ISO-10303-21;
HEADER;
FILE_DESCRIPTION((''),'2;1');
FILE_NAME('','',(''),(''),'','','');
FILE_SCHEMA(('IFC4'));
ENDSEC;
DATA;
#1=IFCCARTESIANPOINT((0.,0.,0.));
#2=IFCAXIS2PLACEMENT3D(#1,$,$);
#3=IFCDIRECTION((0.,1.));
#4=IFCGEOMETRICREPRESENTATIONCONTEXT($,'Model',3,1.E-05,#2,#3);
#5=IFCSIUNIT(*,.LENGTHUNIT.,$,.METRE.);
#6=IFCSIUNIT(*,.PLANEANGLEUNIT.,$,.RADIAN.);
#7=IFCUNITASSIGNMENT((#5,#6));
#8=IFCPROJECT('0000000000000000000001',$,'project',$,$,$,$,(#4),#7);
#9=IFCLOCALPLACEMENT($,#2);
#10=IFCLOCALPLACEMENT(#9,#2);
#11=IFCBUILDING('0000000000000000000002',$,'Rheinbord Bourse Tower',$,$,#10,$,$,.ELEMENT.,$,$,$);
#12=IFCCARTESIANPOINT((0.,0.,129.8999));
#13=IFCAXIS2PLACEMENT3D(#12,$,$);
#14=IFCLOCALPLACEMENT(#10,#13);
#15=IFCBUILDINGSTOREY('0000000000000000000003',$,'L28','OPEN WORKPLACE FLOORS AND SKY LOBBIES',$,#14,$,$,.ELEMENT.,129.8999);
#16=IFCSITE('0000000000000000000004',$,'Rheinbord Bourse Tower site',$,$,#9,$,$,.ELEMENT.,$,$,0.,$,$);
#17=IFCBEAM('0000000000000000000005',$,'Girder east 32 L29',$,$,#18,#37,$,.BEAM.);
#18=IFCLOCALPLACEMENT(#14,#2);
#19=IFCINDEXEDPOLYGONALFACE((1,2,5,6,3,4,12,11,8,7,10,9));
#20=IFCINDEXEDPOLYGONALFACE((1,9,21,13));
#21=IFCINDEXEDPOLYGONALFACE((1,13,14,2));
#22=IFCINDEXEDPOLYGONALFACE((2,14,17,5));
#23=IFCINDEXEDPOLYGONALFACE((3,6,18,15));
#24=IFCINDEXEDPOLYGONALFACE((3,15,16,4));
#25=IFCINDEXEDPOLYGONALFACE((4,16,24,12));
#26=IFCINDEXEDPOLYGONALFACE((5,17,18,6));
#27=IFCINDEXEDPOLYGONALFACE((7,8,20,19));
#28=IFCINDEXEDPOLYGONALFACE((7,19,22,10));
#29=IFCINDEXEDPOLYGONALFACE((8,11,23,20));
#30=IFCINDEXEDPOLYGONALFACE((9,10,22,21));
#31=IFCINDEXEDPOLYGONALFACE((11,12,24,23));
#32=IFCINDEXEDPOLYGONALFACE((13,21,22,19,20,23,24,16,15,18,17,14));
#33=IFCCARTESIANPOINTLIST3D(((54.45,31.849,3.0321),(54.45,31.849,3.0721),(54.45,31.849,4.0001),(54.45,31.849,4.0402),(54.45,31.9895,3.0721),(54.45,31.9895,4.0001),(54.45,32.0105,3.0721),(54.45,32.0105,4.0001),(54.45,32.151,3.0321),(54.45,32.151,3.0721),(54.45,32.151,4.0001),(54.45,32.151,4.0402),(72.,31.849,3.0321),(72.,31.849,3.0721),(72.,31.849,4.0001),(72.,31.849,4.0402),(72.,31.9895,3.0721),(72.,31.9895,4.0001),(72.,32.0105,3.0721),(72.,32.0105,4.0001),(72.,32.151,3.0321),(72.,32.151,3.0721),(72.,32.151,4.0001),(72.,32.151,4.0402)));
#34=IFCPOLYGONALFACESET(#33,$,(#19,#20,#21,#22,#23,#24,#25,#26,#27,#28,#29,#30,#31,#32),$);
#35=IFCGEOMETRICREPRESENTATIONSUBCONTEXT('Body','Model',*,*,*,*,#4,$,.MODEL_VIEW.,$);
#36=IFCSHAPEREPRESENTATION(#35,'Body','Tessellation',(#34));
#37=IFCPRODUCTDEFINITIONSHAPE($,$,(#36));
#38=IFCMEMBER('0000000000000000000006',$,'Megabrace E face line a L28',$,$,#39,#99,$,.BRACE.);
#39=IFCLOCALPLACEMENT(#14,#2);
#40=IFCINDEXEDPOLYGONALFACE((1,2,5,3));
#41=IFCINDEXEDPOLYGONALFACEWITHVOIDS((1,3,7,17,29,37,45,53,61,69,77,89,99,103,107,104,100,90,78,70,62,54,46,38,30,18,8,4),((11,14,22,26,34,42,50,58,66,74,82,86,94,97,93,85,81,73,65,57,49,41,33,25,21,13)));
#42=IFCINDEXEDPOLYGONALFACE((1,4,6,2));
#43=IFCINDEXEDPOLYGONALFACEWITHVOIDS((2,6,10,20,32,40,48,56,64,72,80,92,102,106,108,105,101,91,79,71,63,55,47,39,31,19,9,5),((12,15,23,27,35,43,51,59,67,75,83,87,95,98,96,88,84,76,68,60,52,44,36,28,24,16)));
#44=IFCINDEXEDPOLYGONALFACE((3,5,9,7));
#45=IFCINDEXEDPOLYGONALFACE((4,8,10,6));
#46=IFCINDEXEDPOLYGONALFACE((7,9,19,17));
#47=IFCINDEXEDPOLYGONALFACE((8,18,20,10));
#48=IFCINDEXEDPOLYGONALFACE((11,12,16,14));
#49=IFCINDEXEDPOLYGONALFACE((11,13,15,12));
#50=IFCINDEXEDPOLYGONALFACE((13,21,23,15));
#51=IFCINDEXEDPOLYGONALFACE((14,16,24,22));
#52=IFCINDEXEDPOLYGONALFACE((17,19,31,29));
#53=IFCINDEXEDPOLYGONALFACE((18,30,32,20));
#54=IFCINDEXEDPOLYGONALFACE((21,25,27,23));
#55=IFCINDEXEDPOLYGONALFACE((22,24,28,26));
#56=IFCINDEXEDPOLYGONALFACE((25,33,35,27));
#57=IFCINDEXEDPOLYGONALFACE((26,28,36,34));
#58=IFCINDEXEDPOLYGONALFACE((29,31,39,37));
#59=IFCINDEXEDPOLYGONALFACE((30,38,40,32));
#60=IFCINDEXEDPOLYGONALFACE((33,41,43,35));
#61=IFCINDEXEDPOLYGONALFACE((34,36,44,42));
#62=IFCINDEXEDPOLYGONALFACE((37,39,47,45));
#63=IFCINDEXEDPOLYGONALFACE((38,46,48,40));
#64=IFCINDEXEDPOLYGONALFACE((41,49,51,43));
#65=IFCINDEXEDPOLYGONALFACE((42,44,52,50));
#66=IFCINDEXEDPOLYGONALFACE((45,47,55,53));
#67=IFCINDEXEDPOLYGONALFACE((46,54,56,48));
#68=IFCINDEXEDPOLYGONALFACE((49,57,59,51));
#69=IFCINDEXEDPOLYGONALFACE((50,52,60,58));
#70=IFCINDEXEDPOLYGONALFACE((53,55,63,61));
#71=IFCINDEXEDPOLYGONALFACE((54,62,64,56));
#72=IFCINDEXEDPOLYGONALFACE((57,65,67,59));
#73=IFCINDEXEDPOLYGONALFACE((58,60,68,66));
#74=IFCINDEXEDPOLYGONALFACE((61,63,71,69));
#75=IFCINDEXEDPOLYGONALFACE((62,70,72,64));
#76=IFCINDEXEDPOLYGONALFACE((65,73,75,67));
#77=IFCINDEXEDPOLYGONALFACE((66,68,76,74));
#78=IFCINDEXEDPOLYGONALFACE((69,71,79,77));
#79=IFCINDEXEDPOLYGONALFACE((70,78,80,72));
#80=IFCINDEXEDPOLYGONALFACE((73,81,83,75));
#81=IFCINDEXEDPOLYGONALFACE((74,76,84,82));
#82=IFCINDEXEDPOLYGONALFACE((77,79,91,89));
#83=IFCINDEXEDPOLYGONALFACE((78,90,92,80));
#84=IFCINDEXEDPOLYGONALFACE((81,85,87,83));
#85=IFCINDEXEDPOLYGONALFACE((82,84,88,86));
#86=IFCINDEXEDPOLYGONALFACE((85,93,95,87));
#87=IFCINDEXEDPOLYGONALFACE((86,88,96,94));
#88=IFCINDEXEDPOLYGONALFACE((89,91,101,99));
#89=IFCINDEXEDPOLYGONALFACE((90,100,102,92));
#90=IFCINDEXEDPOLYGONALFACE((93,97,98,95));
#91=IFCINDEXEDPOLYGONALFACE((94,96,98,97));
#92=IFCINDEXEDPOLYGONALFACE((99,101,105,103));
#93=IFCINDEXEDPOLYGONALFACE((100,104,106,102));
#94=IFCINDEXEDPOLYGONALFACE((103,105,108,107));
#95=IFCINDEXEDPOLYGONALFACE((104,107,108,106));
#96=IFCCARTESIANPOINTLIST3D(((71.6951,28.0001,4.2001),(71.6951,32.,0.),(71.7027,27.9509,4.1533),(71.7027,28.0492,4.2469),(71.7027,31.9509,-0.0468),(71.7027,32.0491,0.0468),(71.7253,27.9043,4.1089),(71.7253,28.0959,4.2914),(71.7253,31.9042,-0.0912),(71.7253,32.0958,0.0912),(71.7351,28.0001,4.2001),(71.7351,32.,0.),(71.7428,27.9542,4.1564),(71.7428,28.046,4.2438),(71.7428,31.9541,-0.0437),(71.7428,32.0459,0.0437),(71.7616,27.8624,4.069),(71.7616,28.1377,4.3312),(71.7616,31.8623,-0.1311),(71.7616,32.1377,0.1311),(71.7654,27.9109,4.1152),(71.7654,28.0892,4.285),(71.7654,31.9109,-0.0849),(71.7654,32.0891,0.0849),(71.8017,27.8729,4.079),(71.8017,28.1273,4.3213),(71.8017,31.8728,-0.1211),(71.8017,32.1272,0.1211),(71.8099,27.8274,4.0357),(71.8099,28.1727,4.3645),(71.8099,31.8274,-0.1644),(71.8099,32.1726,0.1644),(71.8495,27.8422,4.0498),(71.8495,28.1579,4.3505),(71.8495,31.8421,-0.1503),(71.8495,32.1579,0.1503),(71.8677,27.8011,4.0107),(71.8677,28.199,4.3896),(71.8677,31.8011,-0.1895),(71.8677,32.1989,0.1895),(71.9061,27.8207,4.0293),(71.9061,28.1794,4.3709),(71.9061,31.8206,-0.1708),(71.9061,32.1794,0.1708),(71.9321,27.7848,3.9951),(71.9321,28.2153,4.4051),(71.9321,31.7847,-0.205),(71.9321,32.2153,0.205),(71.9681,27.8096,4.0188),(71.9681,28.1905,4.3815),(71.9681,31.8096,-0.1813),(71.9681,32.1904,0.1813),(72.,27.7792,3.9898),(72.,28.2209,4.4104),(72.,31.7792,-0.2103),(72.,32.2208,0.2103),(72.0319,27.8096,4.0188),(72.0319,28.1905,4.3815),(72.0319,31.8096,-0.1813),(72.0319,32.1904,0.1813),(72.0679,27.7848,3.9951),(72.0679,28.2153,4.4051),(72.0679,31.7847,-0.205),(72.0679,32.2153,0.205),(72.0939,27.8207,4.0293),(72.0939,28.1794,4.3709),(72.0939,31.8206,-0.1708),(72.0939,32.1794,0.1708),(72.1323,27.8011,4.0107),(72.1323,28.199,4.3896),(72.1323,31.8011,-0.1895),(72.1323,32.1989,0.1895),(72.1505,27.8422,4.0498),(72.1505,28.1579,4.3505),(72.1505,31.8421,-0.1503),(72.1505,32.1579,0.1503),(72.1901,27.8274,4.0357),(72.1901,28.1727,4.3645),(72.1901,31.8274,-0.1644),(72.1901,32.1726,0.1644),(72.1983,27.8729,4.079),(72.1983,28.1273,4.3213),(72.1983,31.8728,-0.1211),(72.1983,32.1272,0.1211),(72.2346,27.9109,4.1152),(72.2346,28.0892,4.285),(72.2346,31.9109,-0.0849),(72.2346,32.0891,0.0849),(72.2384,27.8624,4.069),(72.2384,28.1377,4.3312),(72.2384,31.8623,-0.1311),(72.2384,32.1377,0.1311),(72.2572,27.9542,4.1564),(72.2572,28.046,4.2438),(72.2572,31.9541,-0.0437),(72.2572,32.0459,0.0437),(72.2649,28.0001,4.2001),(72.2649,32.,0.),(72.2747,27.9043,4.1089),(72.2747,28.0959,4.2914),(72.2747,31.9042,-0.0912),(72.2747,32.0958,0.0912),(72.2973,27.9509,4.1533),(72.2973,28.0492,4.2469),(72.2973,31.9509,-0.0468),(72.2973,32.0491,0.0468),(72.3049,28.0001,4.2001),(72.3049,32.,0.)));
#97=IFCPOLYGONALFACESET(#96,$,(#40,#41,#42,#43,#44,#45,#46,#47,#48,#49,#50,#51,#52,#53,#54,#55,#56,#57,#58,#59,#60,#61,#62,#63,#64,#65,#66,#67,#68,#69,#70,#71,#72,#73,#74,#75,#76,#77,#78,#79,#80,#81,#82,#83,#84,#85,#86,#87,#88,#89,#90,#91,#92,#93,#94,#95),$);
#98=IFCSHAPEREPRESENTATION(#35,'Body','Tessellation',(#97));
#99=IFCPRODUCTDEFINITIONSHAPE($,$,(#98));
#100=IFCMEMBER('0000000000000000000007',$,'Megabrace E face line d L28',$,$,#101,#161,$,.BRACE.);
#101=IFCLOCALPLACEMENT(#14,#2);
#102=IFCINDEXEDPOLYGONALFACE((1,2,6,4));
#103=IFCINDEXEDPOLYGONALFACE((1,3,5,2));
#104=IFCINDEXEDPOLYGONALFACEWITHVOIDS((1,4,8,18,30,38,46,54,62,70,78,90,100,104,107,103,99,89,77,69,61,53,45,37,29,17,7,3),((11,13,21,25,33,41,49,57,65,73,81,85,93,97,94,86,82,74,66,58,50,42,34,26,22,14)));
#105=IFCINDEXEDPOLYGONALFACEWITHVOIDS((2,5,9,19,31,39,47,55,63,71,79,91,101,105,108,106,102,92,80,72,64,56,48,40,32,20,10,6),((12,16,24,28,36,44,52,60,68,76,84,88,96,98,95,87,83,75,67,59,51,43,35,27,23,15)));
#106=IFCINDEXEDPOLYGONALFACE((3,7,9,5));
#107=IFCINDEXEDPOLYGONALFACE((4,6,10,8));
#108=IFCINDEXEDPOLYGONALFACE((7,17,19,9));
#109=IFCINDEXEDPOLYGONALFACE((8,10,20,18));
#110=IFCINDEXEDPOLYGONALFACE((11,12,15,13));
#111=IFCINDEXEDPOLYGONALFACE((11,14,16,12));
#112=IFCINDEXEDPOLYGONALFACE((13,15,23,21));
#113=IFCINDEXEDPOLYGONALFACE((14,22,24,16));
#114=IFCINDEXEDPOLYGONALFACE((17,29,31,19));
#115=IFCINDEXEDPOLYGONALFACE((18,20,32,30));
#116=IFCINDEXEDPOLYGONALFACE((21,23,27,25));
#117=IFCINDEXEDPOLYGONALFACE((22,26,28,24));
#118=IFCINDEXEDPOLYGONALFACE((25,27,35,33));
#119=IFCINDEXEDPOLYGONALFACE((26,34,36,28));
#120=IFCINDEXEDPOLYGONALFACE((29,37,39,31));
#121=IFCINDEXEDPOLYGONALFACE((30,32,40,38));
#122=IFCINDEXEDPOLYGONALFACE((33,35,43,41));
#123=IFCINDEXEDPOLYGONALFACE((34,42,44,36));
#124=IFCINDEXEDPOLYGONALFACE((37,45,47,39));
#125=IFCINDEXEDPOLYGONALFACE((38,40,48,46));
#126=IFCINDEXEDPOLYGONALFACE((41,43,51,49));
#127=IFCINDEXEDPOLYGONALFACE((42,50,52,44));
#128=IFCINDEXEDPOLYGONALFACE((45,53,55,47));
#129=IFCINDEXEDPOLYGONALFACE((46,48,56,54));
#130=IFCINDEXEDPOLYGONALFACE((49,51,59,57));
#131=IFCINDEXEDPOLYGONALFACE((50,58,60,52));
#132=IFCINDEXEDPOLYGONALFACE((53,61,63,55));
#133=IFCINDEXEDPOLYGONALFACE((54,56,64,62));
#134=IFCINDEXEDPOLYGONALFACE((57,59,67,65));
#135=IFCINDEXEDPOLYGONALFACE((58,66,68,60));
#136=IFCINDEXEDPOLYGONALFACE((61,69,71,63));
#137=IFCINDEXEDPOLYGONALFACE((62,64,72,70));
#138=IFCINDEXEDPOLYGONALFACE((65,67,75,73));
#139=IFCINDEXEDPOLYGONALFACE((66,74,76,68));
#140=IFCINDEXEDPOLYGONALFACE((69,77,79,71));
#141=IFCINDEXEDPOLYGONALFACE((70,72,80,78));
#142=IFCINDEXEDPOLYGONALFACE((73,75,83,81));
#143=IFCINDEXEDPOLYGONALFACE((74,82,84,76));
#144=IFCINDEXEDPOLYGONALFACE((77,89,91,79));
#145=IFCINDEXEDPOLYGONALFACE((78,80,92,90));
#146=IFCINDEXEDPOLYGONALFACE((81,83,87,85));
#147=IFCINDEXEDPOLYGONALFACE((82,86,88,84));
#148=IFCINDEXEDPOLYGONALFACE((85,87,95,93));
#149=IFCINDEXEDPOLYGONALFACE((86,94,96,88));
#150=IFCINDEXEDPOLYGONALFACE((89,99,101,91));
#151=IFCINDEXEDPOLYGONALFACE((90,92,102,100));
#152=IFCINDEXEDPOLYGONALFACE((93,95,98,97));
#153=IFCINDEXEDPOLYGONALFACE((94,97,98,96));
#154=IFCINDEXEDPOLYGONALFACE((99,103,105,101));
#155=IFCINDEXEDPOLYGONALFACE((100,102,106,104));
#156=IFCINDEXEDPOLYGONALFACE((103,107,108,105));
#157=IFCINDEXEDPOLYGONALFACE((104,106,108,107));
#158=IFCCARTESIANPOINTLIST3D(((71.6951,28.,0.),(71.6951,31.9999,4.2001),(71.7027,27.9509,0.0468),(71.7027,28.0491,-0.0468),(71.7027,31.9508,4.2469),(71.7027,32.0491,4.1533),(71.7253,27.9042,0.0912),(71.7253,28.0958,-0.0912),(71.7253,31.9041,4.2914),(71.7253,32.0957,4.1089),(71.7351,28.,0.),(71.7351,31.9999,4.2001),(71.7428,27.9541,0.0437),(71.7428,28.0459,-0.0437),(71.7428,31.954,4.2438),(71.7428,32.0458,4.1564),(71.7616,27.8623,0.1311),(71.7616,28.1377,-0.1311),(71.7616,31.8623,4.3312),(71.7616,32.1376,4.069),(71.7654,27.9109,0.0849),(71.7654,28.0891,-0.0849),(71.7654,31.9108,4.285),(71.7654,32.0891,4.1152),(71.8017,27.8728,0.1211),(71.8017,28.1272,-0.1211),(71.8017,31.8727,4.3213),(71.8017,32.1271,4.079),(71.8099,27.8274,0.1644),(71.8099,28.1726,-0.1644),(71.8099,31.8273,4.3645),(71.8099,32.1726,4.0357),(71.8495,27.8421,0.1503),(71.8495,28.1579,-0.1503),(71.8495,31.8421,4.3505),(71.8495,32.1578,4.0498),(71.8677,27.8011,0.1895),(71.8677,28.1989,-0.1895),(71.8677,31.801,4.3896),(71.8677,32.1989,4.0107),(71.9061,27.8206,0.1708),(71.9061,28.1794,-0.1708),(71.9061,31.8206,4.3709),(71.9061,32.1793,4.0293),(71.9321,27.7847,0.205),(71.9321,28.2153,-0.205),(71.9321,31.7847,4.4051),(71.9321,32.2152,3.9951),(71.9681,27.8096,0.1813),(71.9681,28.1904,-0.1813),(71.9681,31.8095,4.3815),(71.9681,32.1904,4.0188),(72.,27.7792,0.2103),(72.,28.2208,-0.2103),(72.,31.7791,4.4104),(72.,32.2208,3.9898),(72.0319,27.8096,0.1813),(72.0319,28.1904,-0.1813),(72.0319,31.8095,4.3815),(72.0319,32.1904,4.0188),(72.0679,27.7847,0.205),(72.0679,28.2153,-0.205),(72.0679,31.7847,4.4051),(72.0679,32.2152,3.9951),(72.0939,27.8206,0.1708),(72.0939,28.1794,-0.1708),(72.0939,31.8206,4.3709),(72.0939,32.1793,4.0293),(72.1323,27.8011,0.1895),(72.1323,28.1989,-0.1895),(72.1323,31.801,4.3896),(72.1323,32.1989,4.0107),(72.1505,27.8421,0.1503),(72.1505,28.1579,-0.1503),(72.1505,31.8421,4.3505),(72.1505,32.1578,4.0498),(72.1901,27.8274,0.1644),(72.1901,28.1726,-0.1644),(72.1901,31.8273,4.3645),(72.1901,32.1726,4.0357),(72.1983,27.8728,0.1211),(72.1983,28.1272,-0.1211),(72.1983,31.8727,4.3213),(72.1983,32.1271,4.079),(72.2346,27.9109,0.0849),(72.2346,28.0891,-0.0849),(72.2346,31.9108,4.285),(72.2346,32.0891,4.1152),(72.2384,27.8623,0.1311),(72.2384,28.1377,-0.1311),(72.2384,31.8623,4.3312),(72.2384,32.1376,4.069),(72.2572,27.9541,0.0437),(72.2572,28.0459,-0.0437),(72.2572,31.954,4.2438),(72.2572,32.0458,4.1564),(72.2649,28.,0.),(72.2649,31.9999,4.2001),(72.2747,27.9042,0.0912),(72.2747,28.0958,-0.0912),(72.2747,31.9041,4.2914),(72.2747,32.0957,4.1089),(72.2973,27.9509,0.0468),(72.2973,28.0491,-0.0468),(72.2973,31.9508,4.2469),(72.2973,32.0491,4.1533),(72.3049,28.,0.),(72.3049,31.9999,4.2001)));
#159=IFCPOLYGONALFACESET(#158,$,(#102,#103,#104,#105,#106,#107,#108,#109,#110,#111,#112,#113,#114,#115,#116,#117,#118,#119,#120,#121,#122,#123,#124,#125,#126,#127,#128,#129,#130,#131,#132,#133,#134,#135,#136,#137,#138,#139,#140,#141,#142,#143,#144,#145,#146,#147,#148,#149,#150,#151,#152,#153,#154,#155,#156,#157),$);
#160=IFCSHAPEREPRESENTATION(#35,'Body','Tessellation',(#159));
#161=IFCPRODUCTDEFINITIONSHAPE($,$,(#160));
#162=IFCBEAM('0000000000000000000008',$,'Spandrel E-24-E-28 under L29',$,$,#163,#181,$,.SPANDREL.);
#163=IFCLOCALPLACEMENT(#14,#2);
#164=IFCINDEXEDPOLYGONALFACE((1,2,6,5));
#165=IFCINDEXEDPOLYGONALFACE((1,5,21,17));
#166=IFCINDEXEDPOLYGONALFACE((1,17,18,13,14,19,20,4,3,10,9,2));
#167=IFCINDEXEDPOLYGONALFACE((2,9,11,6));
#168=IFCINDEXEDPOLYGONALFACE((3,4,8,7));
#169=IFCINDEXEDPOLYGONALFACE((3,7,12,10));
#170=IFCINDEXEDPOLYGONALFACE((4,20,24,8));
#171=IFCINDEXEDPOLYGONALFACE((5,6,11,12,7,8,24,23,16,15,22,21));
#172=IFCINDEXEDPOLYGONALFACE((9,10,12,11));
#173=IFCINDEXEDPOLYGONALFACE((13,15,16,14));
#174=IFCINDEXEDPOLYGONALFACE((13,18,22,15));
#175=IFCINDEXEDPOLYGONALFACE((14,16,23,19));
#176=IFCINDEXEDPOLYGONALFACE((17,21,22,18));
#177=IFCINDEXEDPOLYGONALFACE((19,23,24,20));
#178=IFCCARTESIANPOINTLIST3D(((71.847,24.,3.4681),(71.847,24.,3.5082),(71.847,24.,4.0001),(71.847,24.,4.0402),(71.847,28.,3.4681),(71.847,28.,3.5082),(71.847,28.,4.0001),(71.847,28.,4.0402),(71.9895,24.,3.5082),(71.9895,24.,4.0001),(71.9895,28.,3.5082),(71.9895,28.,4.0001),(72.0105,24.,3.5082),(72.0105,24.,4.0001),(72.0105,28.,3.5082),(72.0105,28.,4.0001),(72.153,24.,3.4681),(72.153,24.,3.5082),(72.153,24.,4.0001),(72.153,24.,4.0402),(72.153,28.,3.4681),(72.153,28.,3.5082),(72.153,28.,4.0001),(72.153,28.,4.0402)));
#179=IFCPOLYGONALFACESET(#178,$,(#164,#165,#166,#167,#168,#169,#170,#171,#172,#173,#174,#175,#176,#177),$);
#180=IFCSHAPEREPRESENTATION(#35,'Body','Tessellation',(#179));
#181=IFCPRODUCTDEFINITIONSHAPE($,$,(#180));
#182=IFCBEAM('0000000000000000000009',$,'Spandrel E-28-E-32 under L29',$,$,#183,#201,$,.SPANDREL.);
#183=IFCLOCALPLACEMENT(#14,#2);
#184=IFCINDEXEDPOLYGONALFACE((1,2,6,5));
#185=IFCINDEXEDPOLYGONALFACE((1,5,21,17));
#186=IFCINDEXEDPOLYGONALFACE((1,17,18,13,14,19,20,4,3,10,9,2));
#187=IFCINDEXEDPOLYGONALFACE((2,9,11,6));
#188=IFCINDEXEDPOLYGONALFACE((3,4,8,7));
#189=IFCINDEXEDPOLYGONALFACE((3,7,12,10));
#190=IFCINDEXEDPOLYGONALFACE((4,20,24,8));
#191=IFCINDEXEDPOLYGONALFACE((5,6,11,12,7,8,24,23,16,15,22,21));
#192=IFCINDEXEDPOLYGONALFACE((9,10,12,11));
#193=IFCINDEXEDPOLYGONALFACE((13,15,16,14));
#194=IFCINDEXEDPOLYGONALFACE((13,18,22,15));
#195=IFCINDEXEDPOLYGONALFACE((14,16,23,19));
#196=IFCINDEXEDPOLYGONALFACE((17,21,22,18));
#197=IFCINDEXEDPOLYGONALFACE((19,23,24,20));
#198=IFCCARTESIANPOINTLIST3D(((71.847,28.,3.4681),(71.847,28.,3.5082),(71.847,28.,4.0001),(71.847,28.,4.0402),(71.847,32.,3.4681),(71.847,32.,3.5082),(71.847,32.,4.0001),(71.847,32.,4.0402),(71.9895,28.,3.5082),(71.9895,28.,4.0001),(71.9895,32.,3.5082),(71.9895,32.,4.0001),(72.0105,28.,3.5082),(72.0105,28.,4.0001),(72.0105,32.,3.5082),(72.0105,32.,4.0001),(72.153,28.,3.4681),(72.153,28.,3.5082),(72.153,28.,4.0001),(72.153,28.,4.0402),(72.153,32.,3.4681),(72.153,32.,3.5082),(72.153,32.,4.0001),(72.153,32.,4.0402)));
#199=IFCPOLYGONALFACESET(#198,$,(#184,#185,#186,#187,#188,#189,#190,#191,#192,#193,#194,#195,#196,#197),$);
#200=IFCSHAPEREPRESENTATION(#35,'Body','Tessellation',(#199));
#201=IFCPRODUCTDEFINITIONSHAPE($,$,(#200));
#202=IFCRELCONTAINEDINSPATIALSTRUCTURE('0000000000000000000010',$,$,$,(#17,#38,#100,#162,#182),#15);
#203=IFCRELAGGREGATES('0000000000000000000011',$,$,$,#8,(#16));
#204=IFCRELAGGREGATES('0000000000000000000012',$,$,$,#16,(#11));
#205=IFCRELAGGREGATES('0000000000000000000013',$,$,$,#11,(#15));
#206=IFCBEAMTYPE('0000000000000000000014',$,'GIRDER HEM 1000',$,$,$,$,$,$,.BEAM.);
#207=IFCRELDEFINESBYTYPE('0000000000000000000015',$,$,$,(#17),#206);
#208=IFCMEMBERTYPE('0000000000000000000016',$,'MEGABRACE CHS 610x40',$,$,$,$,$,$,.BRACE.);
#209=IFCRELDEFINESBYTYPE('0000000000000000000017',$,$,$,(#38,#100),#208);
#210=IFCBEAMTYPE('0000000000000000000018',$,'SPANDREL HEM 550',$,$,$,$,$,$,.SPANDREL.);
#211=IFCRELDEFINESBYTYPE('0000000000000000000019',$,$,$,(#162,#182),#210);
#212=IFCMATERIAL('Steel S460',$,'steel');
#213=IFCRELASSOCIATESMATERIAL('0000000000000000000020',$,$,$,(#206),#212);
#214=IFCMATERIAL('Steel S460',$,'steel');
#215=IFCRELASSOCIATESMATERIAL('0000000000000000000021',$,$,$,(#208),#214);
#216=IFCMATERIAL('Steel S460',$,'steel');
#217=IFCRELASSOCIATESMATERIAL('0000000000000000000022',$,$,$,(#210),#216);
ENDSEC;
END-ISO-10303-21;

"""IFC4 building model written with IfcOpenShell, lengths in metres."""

from ifc_helpers import new_model, si_unit, direction, frame, origin, origin_2d, place, context, subcontext, project, spatial, hollow_circle, i_section, extrude, material, material_profile, profile_set, type_object, element, save


model = new_model("IFC4")

# Units and contexts
model_context = context("Model", 3, precision=1e-05, world=origin(), true_north=direction((0.0, 1.0)))
body_context = subcontext(model_context, "Body", "Model", "MODEL_VIEW")
ifc_project = project(units=[si_unit("LENGTHUNIT", "METRE"), si_unit("PLANEANGLEUNIT", "RADIAN")], contexts=[model_context])

# Site, building, storey
site_placement = place(None, origin())
site = spatial("IfcSite", under=ifc_project, at=site_placement, Name="Rheinbord Bourse Tower site", CompositionType="ELEMENT", RefElevation=0.0)
building_placement = place(site_placement, origin())
building = spatial("IfcBuilding", under=site, at=building_placement, Name="Rheinbord Bourse Tower", CompositionType="ELEMENT")
storey_placement = place(building_placement, frame((0.0, 0.0, 129.8999)))
storey = spatial("IfcBuildingStorey", under=building, at=storey_placement, Name="L28", Description="OPEN WORKPLACE FLOORS AND SKY LOBBIES", CompositionType="ELEMENT", Elevation=129.8999)

# Beam
ifc_material_1 = material(Name="Steel S460", Category="steel")
ifc_material_profile_1 = material_profile(ifc_material_1, i_section(OverallWidth=0.302, OverallDepth=1.0081, WebThickness=0.021, FlangeThickness=0.04, at=origin_2d()), Name="HEM 1000")
ifc_profile_set_1 = profile_set([ifc_material_profile_1], Name="Steel S460")
beam_type_1 = type_object("IfcBeamType", Name="GIRDER HEM 1000", PredefinedType="BEAM", material=ifc_profile_set_1)
beam_1_placement = place(storey_placement, frame((54.45, 32.0, 3.5361), z_axis=(1.0, 0.0, 0.0), x_axis=(0.0, 1.0, 0.0)))
element("IfcBeam", 1, at=beam_1_placement, inside=storey, type_object=beam_type_1, Name="Girder east 32 L29", PredefinedType="BEAM", context=body_context, shape_type="SweptSolid", body=[
    extrude(i_section(OverallWidth=0.302, OverallDepth=1.0081, WebThickness=0.021, FlangeThickness=0.04, at=origin_2d()), origin(), (0.0, 0.0, 1.0), 17.55),
])

# Members
ifc_material_2 = material(Name="Steel S460", Category="steel")
ifc_material_profile_2 = material_profile(ifc_material_2, hollow_circle(Radius=0.3049, WallThickness=0.04, at=origin_2d()), Name="CHS 610x40")
ifc_profile_set_2 = profile_set([ifc_material_profile_2], Name="Steel S460")
member_type_1 = type_object("IfcMemberType", Name="MEGABRACE CHS 610x40", PredefinedType="BRACE", material=ifc_profile_set_2)
for number, where, z_axis, x_axis, name in (
    (2, (72.0, 32.0, 0.0), (0.0, -0.689638, 0.724154), (1.0, 0.0, 0.0), "Megabrace E face line a L28"),
    (3, (72.0, 28.0, 0.0), (0.0, 0.689638, 0.724154), (-1.0, 0.0, 0.0), "Megabrace E face line d L28"),
):
    element("IfcMember", number, at=place(storey_placement, frame(where, z_axis=z_axis, x_axis=x_axis)), inside=storey, type_object=member_type_1, Name=name, PredefinedType="BRACE", context=body_context, shape_type="SweptSolid", body=[
        extrude(hollow_circle(Radius=0.3049, WallThickness=0.04, at=origin_2d()), origin(), (0.0, 0.0, 1.0), 5.8),
    ])

# Beams
ifc_material_3 = material(Name="Steel S460", Category="steel")
ifc_material_profile_3 = material_profile(ifc_material_3, i_section(OverallWidth=0.3059, OverallDepth=0.572, WebThickness=0.021, FlangeThickness=0.04, at=origin_2d()), Name="HEM 550")
ifc_profile_set_3 = profile_set([ifc_material_profile_3], Name="Steel S460")
beam_type_2 = type_object("IfcBeamType", Name="SPANDREL HEM 550", PredefinedType="SPANDREL", material=ifc_profile_set_3)
for number, where, z_axis, x_axis, name in (
    (4, (72.0, 24.0, 3.7542), (0.0, 1.0, 0.0), (-1.0, 0.0, 0.0), "Spandrel E-24-E-28 under L29"),
    (5, (72.0, 28.0, 3.7542), (0.0, 1.0, 0.0), (-1.0, 0.0, 0.0), "Spandrel E-28-E-32 under L29"),
):
    element("IfcBeam", number, at=place(storey_placement, frame(where, z_axis=z_axis, x_axis=x_axis)), inside=storey, type_object=beam_type_2, Name=name, PredefinedType="SPANDREL", context=body_context, shape_type="SweptSolid", body=[
        extrude(i_section(OverallWidth=0.3059, OverallDepth=0.572, WebThickness=0.021, FlangeThickness=0.04, at=origin_2d()), origin(), (0.0, 0.0, 1.0), 4.0),
    ])

save(model, "model.ifc")
